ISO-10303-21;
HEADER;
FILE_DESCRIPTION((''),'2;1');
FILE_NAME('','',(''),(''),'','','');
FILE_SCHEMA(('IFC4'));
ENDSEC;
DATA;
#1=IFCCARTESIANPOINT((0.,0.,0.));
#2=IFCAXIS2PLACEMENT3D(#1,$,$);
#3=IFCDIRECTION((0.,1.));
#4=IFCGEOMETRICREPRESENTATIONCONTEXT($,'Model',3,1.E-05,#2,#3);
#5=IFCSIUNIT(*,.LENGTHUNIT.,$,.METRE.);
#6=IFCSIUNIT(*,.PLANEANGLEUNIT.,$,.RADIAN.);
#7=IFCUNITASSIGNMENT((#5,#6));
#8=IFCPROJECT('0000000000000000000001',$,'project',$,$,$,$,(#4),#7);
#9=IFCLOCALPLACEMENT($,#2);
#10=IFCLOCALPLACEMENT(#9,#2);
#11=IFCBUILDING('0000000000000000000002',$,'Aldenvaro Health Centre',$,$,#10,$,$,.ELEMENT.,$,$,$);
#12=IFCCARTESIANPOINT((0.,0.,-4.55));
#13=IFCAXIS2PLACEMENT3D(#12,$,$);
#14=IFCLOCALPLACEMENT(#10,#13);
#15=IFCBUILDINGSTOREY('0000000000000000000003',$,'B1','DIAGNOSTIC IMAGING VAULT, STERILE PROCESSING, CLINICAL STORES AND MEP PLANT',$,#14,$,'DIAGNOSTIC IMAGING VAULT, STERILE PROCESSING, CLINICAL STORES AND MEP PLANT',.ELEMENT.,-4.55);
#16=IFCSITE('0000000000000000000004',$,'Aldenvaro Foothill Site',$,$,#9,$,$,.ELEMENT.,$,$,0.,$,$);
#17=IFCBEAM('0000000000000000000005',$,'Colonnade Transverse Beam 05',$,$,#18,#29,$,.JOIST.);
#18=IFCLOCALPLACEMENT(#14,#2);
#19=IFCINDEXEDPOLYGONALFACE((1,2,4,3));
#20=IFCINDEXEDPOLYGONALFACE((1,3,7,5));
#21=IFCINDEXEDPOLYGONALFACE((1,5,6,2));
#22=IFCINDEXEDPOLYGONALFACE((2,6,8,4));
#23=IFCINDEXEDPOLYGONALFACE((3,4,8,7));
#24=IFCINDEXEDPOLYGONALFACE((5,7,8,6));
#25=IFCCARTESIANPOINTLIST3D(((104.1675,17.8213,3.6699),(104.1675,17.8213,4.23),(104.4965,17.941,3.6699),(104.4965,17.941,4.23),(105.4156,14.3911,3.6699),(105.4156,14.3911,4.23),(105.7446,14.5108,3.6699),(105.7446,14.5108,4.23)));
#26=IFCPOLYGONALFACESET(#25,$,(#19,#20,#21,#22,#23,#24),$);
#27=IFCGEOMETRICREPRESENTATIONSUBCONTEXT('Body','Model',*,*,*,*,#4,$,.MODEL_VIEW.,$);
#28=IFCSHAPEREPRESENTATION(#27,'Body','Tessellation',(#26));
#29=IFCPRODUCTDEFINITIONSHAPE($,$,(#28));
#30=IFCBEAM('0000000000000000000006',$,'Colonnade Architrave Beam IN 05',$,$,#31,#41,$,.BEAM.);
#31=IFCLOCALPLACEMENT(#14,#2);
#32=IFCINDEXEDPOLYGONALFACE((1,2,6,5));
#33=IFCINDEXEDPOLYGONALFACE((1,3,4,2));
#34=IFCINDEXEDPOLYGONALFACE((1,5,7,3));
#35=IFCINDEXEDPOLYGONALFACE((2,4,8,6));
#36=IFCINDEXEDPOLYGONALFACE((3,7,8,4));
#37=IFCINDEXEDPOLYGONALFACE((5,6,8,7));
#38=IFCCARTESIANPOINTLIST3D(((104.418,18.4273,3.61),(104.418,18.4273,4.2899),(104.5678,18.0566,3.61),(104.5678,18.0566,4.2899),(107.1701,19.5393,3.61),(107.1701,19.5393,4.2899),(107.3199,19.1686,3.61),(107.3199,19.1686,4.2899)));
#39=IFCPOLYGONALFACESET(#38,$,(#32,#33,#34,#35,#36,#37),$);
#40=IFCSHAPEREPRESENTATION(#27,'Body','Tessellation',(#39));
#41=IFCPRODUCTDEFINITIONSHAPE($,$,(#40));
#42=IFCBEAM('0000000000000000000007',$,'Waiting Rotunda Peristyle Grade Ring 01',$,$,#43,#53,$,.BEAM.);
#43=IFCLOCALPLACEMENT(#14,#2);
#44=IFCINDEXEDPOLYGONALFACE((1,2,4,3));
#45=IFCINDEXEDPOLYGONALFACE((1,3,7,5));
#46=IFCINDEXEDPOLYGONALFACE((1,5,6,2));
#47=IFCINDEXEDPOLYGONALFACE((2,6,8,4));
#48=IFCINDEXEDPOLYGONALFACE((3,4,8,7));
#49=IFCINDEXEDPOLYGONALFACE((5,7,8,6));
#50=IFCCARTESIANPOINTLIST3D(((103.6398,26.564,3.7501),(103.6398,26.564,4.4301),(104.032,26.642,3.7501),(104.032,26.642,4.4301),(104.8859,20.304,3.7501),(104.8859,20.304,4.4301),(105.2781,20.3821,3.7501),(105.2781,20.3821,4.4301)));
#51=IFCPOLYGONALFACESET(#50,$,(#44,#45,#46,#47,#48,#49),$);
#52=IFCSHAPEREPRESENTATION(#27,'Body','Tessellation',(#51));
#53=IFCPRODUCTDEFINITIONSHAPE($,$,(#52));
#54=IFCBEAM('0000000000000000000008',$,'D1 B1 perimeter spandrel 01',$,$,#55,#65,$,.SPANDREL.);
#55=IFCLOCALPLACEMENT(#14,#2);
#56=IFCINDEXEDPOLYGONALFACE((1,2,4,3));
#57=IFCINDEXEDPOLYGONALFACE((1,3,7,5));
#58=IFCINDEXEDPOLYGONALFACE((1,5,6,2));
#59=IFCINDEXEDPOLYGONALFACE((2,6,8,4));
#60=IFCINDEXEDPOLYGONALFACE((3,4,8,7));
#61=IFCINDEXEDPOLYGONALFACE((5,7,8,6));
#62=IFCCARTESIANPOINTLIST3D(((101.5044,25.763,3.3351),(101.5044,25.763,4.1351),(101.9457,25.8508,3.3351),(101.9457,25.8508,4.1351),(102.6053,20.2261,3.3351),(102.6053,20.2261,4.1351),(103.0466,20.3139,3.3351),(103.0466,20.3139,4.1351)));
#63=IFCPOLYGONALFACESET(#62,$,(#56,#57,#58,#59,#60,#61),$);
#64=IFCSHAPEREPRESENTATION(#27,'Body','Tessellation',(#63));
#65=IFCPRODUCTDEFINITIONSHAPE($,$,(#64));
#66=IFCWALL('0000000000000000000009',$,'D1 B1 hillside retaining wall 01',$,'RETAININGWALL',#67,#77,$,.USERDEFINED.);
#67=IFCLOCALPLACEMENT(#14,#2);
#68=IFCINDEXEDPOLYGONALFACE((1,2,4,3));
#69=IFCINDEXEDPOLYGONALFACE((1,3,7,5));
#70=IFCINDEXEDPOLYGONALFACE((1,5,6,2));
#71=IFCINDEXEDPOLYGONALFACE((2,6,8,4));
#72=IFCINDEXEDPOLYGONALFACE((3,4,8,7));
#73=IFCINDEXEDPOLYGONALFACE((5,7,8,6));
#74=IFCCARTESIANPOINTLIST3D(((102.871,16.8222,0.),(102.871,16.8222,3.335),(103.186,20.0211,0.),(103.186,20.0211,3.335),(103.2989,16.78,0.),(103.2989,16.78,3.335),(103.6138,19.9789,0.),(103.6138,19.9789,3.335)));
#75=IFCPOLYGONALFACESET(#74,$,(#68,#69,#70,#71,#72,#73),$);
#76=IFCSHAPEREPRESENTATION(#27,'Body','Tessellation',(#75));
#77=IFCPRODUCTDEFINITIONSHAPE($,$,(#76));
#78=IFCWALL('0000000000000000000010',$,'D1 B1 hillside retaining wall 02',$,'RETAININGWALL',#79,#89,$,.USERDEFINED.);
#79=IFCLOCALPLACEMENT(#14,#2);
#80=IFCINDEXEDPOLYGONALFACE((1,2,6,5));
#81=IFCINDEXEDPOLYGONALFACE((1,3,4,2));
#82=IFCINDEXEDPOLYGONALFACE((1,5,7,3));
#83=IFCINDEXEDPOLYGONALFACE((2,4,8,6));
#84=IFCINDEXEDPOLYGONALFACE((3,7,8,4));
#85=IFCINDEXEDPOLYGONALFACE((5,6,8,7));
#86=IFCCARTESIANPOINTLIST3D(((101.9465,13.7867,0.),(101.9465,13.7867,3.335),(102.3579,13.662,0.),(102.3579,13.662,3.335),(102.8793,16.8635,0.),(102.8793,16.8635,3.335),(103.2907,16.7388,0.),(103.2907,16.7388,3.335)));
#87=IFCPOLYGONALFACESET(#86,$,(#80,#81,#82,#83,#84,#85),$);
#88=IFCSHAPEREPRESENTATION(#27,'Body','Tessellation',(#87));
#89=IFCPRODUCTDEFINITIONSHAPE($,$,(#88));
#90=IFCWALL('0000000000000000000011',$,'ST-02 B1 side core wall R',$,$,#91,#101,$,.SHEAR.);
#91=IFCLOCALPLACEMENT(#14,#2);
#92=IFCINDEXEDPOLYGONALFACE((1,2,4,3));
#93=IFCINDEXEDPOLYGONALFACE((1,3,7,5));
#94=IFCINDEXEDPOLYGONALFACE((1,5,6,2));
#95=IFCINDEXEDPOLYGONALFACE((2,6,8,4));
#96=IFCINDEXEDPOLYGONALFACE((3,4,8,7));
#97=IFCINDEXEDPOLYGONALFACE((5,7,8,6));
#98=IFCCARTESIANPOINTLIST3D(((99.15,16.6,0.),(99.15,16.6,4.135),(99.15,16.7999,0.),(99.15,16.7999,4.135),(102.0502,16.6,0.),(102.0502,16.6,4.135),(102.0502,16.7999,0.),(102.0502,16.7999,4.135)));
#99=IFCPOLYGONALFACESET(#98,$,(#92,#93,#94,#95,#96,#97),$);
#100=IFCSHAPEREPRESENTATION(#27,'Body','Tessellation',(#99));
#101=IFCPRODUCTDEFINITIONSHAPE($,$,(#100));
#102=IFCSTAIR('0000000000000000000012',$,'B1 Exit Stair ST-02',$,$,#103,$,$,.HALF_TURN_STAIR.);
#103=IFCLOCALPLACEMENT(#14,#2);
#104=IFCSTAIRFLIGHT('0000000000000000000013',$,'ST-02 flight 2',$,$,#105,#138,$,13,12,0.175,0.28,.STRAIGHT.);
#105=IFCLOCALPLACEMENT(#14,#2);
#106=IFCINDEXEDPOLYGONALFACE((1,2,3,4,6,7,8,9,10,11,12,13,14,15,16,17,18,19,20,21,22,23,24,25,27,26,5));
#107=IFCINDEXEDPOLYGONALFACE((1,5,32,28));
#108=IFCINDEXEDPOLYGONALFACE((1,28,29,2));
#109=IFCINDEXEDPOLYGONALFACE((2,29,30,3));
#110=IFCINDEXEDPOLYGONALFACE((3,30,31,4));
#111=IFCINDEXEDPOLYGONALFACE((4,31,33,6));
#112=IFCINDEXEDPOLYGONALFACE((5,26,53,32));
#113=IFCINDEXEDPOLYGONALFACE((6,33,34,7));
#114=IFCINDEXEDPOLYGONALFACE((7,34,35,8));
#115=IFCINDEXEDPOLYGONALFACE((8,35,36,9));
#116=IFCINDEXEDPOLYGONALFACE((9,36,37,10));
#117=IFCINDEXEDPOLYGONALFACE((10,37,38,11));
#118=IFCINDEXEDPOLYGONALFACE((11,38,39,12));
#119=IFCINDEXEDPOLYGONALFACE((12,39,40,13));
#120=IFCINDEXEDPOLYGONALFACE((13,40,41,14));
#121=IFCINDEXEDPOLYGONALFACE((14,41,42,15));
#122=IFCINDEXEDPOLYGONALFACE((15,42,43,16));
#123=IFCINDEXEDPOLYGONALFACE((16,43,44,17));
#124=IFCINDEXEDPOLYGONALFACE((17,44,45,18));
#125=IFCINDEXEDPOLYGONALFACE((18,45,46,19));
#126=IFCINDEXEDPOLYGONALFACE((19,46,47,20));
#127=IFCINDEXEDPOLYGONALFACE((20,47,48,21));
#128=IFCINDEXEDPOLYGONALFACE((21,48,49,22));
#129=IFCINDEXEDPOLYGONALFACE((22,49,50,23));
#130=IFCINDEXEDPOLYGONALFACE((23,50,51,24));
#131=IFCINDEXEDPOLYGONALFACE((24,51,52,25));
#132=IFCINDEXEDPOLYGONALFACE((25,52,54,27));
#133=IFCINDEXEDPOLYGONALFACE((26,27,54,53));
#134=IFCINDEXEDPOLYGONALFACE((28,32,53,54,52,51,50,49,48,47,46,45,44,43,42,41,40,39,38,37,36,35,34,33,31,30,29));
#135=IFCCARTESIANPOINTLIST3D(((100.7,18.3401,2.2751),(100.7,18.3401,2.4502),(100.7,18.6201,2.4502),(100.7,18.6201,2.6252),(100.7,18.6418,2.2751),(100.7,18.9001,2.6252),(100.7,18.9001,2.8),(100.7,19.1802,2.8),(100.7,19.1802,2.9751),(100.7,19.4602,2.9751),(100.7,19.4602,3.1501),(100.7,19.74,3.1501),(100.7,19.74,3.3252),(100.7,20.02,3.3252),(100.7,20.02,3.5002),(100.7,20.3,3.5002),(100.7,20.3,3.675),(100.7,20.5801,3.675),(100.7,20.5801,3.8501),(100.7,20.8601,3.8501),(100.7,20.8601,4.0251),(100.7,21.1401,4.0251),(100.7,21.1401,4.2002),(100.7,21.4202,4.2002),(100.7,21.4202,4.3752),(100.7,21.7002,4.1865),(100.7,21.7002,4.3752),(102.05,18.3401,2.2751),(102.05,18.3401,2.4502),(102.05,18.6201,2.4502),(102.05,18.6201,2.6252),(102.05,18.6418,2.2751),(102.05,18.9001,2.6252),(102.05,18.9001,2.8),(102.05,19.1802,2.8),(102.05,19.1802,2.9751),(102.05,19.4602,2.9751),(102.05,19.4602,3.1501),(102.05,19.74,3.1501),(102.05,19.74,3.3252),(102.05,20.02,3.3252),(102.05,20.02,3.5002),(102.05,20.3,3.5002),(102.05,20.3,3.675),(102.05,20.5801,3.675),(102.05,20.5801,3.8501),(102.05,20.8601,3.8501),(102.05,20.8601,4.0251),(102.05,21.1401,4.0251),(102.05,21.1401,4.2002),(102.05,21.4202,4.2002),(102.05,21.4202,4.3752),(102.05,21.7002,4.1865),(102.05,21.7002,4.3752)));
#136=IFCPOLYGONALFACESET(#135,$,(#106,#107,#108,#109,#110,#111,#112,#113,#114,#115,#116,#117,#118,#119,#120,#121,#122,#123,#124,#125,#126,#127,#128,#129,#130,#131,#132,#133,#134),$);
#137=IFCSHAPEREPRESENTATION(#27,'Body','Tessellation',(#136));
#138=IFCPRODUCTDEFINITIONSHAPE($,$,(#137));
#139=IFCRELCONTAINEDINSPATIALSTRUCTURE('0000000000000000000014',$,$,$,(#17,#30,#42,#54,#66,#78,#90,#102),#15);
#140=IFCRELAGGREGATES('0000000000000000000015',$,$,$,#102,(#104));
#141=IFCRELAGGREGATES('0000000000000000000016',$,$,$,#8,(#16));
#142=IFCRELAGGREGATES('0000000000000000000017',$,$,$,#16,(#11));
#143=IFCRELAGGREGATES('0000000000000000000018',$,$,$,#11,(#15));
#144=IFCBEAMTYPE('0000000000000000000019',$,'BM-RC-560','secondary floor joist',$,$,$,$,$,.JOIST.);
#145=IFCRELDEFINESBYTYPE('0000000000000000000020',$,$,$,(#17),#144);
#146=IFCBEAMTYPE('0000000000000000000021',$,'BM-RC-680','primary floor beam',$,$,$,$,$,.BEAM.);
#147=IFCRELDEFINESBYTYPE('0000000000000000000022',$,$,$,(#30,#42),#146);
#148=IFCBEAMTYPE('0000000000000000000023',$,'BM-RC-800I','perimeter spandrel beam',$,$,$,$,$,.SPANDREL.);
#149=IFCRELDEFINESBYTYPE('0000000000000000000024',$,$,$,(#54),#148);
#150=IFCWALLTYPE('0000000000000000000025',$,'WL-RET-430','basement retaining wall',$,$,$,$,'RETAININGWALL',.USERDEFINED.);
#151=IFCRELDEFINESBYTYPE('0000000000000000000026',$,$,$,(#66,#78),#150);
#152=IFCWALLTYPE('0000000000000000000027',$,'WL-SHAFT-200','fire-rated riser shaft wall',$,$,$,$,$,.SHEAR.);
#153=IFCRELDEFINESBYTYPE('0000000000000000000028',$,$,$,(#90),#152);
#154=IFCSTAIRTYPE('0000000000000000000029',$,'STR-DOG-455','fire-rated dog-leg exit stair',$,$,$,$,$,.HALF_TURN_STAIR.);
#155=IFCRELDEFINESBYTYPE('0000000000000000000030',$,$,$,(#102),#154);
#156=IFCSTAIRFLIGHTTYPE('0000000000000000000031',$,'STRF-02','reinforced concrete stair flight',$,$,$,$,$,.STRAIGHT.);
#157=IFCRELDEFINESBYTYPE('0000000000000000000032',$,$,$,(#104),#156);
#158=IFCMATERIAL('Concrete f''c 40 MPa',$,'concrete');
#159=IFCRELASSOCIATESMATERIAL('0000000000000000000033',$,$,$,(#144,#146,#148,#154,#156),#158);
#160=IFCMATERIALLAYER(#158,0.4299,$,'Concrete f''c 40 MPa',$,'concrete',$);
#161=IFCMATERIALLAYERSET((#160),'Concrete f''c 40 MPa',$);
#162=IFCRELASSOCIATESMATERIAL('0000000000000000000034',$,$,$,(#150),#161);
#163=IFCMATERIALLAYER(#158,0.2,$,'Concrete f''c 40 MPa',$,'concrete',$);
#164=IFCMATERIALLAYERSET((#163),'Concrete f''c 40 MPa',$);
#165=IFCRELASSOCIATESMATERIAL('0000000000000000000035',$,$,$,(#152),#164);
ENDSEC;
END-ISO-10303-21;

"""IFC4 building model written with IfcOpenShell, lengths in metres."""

from ifc_helpers import new_model, si_unit, direction, frame, frame_2d, origin, origin_2d, place, context, subcontext, project, spatial, polyline, rectangle, outline, extrude, material, layer, layer_set, material_profile, profile_set, type_object, element, aggregate, save


model = new_model("IFC4")

# Units and contexts
model_context = context("Model", 3, precision=1e-05, world=origin(), true_north=direction((0.0, 1.0)))
body_context = subcontext(model_context, "Body", "Model", "MODEL_VIEW")
ifc_project = project(units=[si_unit("LENGTHUNIT", "METRE"), si_unit("PLANEANGLEUNIT", "RADIAN")], contexts=[model_context])

# Site, building, storey
site_placement = place(None, origin())
site = spatial("IfcSite", under=ifc_project, at=site_placement, Name="Aldenvaro Foothill Site", CompositionType="ELEMENT", RefElevation=0.0)
building_placement = place(site_placement, origin())
building = spatial("IfcBuilding", under=site, at=building_placement, Name="Aldenvaro Health Centre", CompositionType="ELEMENT")
storey_placement = place(building_placement, frame((0.0, 0.0, -4.55)))
storey = spatial("IfcBuildingStorey", under=building, at=storey_placement, Name="B1", Description="DIAGNOSTIC IMAGING VAULT, STERILE PROCESSING, CLINICAL STORES AND MEP PLANT", LongName="DIAGNOSTIC IMAGING VAULT, STERILE PROCESSING, CLINICAL STORES AND MEP PLANT", CompositionType="ELEMENT", Elevation=-4.55)

# Shared definitions
ifc_material_1 = material(Name="Concrete f'c 40 MPa", Category="concrete")

# Beams
ifc_material_profile_1 = material_profile(ifc_material_1, rectangle(XDim=0.3501, YDim=0.5601, at=origin_2d()), Name="RC 350x560", Category="concrete")
ifc_profile_set_1 = profile_set([ifc_material_profile_1], Name="Concrete f'c 40 MPa")
beam_type_1 = type_object("IfcBeamType", Name="BM-RC-560", Description="secondary floor joist", PredefinedType="JOIST", material=ifc_profile_set_1)
beam_1_placement = place(storey_placement, frame((104.332, 17.8811, 3.95), z_axis=(0.341915, -0.939731, 0.0), x_axis=(0.939731, 0.341915, 0.0)))
element("IfcBeam", 1, at=beam_1_placement, inside=storey, type_object=beam_type_1, Name="Colonnade Transverse Beam 05", PredefinedType="JOIST", context=body_context, shape_type="SweptSolid", body=[
    extrude(rectangle(XDim=0.3501, YDim=0.5601, at=origin_2d()), origin(), (0.0, 0.0, 1.0), 3.6501),
])
ifc_material_profile_2 = material_profile(ifc_material_1, rectangle(XDim=0.3999, YDim=0.6799, at=origin_2d()), Name="RC 400x680", Category="concrete")
ifc_profile_set_2 = profile_set([ifc_material_profile_2], Name="Concrete f'c 40 MPa")
beam_type_2 = type_object("IfcBeamType", Name="BM-RC-680", Description="primary floor beam", PredefinedType="BEAM", material=ifc_profile_set_2)
beam_2_placement = place(storey_placement, frame((104.4929, 18.2419, 3.95), z_axis=(0.927172, 0.374636, 0.0), x_axis=(-0.374636, 0.927172, 0.0)))
element("IfcBeam", 2, at=beam_2_placement, inside=storey, type_object=beam_type_2, Name="Colonnade Architrave Beam IN 05", PredefinedType="BEAM", context=body_context, shape_type="SweptSolid", body=[
    extrude(rectangle(XDim=0.3999, YDim=0.6799, at=origin_2d()), origin(), (0.0, 0.0, 1.0), 2.9683),
])
beam_3_placement = place(storey_placement, frame((105.082, 20.343, 4.0901), z_axis=(-0.195226, 0.980758, 0.0), x_axis=(-0.980758, -0.195226, 0.0)))
element("IfcBeam", 3, at=beam_3_placement, inside=storey, type_object=beam_type_2, Name="Waiting Rotunda Peristyle Grade Ring 01", PredefinedType="BEAM", context=body_context, shape_type="SweptSolid", body=[
    extrude(rectangle(XDim=0.3999, YDim=0.6799, at=origin_2d()), origin(), (0.0, 0.0, 1.0), 6.3828),
])
ifc_material_profile_3 = material_profile(ifc_material_1, rectangle(XDim=0.45, YDim=0.8, at=origin_2d()), Name="RC 450x800", Category="concrete")
ifc_profile_set_3 = profile_set([ifc_material_profile_3], Name="Concrete f'c 40 MPa")
beam_type_3 = type_object("IfcBeamType", Name="BM-RC-800I", Description="perimeter spandrel beam", PredefinedType="SPANDREL", material=ifc_profile_set_3)
beam_4_placement = place(storey_placement, frame((102.8259, 20.27, 3.7351), z_axis=(-0.195002, 0.980803, 0.0), x_axis=(-0.980803, -0.195002, 0.0)))
element("IfcBeam", 4, at=beam_4_placement, inside=storey, type_object=beam_type_3, Name="D1 B1 perimeter spandrel 01", PredefinedType="SPANDREL", context=body_context, shape_type="SweptSolid", body=[
    extrude(rectangle(XDim=0.45, YDim=0.8, at=origin_2d()), origin(), (0.0, 0.0, 1.0), 5.6453),
])

# Walls
ifc_layer_1 = layer(ifc_material_1, 0.4299, Name="Concrete f'c 40 MPa", Category="concrete")
ifc_layer_set_1 = layer_set([ifc_layer_1], Name="Concrete f'c 40 MPa")
wall_type_1 = type_object("IfcWallType", Name="WL-RET-430", Description="basement retaining wall", ElementType="RETAININGWALL", PredefinedType="USERDEFINED", material=ifc_layer_set_1)
wall_1_placement = place(storey_placement, frame((103.3999, 20.0, 0.0), z_axis=(0.0, 0.0, 1.0), x_axis=(-0.097977, -0.995189, 0.0)))
element("IfcWall", 5, at=wall_1_placement, inside=storey, type_object=wall_type_1, Name="D1 B1 hillside retaining wall 01", ObjectType="RETAININGWALL", PredefinedType="USERDEFINED", context=body_context, shape_type="SweptSolid", body=[
    extrude(rectangle(XDim=3.2144, YDim=0.4299, at=frame_2d((1.6072, 0.0))), origin(), (0.0, 0.0, 1.0), 3.335),
])
wall_2_placement = place(storey_placement, frame((103.085, 16.801, 0.0), z_axis=(0.0, 0.0, 1.0), x_axis=(-0.29014, -0.956984, 0.0)))
element("IfcWall", 6, at=wall_2_placement, inside=storey, type_object=wall_type_1, Name="D1 B1 hillside retaining wall 02", ObjectType="RETAININGWALL", PredefinedType="USERDEFINED", context=body_context, shape_type="SweptSolid", body=[
    extrude(rectangle(XDim=3.2151, YDim=0.4299, at=frame_2d((1.6074, 0.0))), origin(), (0.0, 0.0, 1.0), 3.335),
])
ifc_layer_2 = layer(ifc_material_1, 0.2, Name="Concrete f'c 40 MPa", Category="concrete")
ifc_layer_set_2 = layer_set([ifc_layer_2], Name="Concrete f'c 40 MPa")
wall_type_2 = type_object("IfcWallType", Name="WL-SHAFT-200", Description="fire-rated riser shaft wall", PredefinedType="SHEAR", material=ifc_layer_set_2)
wall_3_placement = place(storey_placement, frame((99.1499, 16.7, 0.0), z_axis=(0.0, 0.0, 1.0), x_axis=(1.0, 0.0, 0.0)))
element("IfcWall", 7, at=wall_3_placement, inside=storey, type_object=wall_type_2, Name="ST-02 B1 side core wall R", PredefinedType="SHEAR", context=body_context, shape_type="SweptSolid", body=[
    extrude(rectangle(XDim=2.9001, YDim=0.2, at=frame_2d((1.4502, 0.0))), origin(), (0.0, 0.0, 1.0), 4.135),
])

# Stair, stair flight
stair_type = type_object("IfcStairType", Name="STR-DOG-455", Description="fire-rated dog-leg exit stair", PredefinedType="HALF_TURN_STAIR", material=ifc_material_1)
stair_placement = place(storey_placement, origin())
stair = element("IfcStair", 8, at=stair_placement, inside=storey, type_object=stair_type, Name="B1 Exit Stair ST-02", PredefinedType="HALF_TURN_STAIR")
stair_flight_type = type_object("IfcStairFlightType", Name="STRF-02", Description="reinforced concrete stair flight", PredefinedType="STRAIGHT", material=ifc_material_1)
stair_flight_placement = place(storey_placement, frame((101.375, 18.3401, 2.2751), z_axis=(0.0, 0.0, 1.0), x_axis=(0.0, 1.0, 0.0)))
stair_flight = element("IfcStairFlight", 9, at=stair_flight_placement, type_object=stair_flight_type, Name="ST-02 flight 2", NumberOfRisers=13, NumberOfTreads=12, PredefinedType="STRAIGHT", RiserHeight=0.175, TreadLength=0.28, context=body_context, shape_type="SweptSolid", body=[
    extrude(outline(polyline([(0.0, 0.0), (0.0, 0.175), (0.28, 0.175), (0.28, 0.3501), (0.5601, 0.3501), (0.5601, 0.5249), (0.8401, 0.5249), (0.8401, 0.7), (1.1201, 0.7), (1.1201, 0.875), (1.3999, 0.875), (1.3999, 1.05), (1.6799, 1.05), (1.6799, 1.2251), (1.96, 1.2251), (1.96, 1.3999), (2.24, 1.3999), (2.24, 1.575), (2.52, 1.575), (2.52, 1.75), (2.8, 1.75), (2.8, 1.925), (3.0801, 1.925), (3.0801, 2.1001), (3.3601, 2.1001), (3.3601, 2.2749), (3.3601, 1.9114), (0.3018, 0.0), (0.0, 0.0)])), frame((0.0, 0.675, 0.0), z_axis=(0.0, -1.0, 0.0), x_axis=(1.0, 0.0, 0.0)), (0.0, 0.0, 1.0), 1.3501),
])
aggregate(stair, [stair_flight])

save(model, "model.ifc")
